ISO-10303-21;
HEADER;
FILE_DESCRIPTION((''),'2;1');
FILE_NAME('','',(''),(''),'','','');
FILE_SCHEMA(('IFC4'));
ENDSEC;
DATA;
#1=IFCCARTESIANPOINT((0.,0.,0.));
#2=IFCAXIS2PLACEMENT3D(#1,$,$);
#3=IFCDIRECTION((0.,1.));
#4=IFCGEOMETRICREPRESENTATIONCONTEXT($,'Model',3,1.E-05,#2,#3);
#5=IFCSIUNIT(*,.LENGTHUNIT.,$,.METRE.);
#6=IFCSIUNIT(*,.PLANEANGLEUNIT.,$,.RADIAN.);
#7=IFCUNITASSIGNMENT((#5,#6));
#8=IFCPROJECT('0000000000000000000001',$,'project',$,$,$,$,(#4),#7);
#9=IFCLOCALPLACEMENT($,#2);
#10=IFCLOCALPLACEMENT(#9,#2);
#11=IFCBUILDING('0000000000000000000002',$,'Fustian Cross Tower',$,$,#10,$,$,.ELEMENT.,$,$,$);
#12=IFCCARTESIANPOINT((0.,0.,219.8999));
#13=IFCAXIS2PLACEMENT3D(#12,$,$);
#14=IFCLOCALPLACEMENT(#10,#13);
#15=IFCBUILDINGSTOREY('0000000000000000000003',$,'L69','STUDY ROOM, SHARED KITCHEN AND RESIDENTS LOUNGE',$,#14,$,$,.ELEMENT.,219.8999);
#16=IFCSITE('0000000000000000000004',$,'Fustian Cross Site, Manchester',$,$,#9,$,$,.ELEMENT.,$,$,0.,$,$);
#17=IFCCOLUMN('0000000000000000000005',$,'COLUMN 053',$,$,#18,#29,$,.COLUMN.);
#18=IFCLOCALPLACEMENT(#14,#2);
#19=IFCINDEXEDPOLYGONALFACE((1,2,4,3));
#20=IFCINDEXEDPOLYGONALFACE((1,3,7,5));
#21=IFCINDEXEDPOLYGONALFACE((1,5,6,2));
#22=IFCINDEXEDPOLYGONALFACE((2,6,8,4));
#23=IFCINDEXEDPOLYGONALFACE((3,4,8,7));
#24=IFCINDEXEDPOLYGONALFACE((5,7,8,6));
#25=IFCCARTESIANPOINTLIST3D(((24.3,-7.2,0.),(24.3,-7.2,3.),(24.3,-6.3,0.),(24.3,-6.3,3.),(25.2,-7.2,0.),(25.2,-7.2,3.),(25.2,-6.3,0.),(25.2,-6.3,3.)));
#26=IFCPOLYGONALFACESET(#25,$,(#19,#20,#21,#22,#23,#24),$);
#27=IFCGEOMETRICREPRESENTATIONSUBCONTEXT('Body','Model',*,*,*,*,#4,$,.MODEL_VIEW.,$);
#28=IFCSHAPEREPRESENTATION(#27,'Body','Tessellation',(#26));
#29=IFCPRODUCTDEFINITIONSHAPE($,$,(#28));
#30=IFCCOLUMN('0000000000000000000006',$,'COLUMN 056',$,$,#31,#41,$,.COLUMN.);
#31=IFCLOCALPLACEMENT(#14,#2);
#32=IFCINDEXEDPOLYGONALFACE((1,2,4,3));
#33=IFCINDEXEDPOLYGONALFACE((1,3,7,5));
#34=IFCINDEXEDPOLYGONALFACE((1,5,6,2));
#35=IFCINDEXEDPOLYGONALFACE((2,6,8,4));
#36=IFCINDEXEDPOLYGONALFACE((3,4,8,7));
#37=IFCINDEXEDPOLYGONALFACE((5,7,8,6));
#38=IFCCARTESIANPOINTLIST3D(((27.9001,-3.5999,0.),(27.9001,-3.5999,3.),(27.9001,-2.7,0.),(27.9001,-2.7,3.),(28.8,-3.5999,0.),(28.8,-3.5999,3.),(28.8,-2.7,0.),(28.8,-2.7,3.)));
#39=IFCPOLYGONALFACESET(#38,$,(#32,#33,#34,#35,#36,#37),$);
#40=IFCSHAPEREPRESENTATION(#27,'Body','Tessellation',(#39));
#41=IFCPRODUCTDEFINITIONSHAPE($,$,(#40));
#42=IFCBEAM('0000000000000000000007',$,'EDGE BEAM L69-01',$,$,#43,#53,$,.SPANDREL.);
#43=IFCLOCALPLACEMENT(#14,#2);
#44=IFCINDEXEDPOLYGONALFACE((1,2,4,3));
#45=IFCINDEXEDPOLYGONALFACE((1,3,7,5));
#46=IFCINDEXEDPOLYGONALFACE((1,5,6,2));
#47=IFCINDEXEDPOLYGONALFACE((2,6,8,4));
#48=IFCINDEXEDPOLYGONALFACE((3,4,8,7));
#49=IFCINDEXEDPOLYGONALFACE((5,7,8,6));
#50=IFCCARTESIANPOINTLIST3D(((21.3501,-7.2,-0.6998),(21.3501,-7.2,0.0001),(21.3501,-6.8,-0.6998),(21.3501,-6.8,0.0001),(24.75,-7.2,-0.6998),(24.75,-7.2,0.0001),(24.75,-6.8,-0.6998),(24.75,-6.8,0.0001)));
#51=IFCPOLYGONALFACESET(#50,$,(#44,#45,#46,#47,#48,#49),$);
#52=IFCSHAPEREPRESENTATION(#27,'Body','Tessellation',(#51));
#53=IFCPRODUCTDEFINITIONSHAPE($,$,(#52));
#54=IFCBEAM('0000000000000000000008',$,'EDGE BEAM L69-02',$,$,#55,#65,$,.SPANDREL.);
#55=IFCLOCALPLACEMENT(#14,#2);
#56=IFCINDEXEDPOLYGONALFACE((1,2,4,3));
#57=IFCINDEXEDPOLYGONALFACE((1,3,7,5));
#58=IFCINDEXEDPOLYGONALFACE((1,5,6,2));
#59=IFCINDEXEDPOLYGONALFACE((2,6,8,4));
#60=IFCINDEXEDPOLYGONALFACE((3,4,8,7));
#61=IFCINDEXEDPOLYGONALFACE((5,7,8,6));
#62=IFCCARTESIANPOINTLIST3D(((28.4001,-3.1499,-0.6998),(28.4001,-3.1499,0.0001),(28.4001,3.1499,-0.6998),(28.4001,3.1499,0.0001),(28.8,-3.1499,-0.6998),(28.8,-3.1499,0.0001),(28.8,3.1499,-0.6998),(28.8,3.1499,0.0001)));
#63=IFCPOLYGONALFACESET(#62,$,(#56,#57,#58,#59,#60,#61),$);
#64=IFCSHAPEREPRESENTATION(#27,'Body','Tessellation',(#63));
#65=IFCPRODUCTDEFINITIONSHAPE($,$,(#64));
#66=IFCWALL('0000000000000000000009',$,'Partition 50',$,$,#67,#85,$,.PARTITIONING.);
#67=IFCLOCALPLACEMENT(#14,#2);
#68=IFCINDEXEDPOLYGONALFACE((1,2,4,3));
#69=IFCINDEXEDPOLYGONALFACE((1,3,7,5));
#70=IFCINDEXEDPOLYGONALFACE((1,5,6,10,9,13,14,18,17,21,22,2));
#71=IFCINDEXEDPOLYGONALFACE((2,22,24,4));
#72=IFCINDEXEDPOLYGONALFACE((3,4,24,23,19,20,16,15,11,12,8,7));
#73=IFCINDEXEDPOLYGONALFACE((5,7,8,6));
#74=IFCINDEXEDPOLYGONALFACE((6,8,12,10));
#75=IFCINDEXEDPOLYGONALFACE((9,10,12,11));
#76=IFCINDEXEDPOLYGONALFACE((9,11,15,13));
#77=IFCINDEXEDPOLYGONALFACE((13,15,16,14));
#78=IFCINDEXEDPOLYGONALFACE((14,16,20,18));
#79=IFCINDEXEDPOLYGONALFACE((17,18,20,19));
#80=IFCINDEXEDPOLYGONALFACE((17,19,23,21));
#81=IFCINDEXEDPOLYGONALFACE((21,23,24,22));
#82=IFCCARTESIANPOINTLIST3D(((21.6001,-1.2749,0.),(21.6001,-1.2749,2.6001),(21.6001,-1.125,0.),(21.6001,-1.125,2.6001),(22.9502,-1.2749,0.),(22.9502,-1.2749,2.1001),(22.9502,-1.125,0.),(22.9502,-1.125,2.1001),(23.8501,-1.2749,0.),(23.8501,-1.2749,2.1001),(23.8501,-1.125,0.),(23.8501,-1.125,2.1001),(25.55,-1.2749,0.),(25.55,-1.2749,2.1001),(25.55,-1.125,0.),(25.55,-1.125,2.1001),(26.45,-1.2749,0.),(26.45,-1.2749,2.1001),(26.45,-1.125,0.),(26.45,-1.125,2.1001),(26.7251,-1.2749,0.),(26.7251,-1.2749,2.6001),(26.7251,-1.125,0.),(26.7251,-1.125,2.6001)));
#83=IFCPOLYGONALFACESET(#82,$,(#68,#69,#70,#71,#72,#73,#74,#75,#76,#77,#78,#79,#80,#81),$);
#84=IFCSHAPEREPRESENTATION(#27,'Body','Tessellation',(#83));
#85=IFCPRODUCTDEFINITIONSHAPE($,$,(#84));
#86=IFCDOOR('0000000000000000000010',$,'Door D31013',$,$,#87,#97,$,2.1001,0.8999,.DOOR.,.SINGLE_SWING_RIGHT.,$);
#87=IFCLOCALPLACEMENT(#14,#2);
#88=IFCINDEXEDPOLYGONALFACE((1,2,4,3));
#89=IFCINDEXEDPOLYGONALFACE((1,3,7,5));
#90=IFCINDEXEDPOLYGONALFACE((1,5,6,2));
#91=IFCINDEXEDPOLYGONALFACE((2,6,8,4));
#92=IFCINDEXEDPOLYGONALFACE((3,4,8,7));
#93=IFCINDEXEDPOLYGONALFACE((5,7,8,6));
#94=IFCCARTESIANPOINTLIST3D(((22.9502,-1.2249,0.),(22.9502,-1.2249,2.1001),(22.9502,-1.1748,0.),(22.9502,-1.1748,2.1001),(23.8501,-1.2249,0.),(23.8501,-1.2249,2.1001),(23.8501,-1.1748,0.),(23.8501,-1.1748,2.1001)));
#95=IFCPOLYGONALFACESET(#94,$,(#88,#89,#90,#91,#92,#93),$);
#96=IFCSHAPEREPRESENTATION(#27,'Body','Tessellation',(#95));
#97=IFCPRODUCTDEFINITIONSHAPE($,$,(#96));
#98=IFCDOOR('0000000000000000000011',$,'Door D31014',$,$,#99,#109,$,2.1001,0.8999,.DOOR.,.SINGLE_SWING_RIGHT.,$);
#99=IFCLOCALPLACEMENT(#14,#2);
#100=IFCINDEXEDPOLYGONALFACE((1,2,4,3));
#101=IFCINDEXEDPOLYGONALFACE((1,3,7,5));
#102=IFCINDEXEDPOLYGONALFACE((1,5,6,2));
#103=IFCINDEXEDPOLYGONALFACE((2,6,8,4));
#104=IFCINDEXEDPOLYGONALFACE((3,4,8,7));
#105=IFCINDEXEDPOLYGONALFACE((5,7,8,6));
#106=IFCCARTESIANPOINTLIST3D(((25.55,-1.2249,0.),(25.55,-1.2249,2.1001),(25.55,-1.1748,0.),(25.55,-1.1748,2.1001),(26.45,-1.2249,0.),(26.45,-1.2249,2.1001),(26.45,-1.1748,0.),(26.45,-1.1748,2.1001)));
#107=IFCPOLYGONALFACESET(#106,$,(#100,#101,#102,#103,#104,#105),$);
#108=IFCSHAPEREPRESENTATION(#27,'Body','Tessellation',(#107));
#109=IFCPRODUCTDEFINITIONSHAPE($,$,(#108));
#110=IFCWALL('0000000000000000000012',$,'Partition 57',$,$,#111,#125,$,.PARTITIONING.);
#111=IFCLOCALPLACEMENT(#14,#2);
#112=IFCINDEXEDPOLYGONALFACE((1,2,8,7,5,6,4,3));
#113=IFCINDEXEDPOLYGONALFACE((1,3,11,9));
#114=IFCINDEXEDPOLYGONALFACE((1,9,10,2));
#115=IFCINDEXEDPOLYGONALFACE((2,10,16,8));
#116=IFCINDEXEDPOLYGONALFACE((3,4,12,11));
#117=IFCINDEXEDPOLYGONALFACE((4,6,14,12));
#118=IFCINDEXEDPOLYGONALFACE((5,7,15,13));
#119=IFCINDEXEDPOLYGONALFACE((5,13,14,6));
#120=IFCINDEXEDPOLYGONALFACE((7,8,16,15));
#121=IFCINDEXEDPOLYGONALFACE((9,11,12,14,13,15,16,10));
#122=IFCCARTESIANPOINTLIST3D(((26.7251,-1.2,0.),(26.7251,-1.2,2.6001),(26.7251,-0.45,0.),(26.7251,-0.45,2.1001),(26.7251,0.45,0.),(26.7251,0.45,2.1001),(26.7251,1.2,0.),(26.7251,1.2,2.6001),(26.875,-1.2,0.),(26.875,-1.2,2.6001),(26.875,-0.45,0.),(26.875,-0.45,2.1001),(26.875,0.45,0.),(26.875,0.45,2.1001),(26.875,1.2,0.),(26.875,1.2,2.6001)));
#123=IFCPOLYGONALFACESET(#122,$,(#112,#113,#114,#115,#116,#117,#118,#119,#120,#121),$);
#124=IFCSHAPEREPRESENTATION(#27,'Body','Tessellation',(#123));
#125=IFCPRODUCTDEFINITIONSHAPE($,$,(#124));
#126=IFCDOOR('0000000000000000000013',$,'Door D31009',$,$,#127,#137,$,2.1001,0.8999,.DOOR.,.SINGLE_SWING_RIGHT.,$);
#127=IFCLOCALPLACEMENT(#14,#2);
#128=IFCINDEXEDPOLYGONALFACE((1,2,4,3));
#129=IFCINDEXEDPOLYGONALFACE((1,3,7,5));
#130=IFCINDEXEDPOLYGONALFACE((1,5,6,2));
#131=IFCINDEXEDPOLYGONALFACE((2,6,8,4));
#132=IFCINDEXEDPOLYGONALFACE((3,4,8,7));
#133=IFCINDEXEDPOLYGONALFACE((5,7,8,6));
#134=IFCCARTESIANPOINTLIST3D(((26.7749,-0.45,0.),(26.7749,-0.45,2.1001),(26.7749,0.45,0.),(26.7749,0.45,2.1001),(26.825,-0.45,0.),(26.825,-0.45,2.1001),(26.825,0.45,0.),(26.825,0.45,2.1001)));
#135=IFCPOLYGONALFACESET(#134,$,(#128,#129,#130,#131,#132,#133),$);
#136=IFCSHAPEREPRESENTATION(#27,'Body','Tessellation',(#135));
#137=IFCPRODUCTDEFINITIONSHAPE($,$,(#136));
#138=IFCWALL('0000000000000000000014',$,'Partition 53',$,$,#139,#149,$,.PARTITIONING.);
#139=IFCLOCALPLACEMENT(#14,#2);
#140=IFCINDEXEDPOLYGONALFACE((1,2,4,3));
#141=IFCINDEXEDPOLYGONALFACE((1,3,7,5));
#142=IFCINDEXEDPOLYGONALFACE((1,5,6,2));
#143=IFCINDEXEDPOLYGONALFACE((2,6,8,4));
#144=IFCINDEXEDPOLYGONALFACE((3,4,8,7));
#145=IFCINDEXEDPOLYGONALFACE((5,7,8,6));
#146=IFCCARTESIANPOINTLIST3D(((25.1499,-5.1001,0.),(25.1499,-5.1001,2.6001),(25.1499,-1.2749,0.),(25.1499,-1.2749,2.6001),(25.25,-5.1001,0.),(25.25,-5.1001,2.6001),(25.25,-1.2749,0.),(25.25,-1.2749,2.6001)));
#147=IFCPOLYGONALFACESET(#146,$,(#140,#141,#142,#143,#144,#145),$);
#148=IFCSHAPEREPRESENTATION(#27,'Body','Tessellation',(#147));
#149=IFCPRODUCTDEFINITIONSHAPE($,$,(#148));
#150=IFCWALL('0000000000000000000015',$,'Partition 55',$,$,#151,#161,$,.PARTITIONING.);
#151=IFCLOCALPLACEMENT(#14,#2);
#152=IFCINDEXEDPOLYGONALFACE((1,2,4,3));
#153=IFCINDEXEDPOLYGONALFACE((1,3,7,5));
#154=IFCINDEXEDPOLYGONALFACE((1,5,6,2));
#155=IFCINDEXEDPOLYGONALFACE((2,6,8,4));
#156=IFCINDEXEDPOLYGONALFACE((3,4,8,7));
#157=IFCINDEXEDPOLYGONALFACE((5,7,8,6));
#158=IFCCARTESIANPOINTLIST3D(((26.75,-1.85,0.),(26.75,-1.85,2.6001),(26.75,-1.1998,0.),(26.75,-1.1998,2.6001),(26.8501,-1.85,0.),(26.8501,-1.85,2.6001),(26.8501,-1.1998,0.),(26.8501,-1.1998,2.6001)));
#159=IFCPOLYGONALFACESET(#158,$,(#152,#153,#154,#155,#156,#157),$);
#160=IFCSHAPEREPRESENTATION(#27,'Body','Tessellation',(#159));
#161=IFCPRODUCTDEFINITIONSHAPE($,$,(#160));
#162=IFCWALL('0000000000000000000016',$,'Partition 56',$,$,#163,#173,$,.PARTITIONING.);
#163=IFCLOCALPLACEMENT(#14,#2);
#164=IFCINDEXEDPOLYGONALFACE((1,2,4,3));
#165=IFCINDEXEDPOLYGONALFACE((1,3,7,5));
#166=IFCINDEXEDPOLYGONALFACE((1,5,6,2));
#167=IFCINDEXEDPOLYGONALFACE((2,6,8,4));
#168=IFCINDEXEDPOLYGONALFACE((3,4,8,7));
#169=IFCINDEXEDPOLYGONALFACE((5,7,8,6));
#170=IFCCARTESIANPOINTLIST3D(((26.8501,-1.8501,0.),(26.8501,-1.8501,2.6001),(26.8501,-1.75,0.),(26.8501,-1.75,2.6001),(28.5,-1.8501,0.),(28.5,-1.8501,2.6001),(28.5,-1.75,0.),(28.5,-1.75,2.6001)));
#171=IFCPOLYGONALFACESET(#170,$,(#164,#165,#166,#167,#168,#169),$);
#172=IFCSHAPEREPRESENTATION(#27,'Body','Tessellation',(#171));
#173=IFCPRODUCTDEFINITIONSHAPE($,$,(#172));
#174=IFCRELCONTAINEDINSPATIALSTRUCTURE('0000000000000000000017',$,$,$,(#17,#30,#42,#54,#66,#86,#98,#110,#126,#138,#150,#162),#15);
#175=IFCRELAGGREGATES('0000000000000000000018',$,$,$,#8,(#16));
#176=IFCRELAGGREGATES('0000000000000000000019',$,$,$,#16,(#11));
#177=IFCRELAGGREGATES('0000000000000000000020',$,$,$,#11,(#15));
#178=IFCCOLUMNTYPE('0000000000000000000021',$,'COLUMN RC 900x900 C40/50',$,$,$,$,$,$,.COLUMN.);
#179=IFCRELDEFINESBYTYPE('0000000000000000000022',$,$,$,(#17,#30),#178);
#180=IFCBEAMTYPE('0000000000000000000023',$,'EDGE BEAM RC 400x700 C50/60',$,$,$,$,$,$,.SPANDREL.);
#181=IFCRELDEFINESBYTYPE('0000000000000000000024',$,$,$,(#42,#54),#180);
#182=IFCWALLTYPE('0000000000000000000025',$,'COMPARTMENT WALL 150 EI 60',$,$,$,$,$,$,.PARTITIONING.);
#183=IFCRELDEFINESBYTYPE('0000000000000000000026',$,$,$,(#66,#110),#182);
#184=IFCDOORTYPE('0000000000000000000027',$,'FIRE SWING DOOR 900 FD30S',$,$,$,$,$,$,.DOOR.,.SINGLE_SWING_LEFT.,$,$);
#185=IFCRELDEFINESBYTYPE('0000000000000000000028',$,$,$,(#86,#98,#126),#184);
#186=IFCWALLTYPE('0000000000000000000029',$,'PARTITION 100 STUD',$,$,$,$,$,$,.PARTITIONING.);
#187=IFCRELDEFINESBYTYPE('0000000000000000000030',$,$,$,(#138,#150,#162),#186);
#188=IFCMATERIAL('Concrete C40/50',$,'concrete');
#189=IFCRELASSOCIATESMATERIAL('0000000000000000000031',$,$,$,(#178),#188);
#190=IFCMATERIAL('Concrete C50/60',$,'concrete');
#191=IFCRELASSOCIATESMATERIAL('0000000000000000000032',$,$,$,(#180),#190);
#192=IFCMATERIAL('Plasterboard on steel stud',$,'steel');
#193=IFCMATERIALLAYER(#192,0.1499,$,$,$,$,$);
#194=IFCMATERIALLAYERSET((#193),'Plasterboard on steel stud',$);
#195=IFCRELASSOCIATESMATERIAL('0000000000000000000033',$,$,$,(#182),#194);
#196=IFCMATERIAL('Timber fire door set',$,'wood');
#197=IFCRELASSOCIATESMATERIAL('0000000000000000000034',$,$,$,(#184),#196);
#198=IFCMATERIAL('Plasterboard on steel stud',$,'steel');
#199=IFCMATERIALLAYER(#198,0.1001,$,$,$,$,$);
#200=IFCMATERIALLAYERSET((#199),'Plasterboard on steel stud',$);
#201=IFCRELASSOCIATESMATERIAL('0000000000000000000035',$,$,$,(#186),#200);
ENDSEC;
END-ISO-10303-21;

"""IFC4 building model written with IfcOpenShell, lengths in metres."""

from ifc_helpers import new_model, si_unit, direction, frame, frame_2d, origin, origin_2d, place, context, subcontext, project, spatial, rectangle, extrude, material, layer, layer_set, material_profile, profile_set, type_object, element, fill, save


model = new_model("IFC4")

# Units and contexts
model_context = context("Model", 3, precision=1e-05, world=origin(), true_north=direction((0.0, 1.0)))
body_context = subcontext(model_context, "Body", "Model", "MODEL_VIEW")
ifc_project = project(units=[si_unit("LENGTHUNIT", "METRE"), si_unit("PLANEANGLEUNIT", "RADIAN")], contexts=[model_context])

# Site, building, storey
site_placement = place(None, origin())
site = spatial("IfcSite", under=ifc_project, at=site_placement, Name="Fustian Cross Site, Manchester", CompositionType="ELEMENT", RefElevation=0.0)
building_placement = place(site_placement, origin())
building = spatial("IfcBuilding", under=site, at=building_placement, Name="Fustian Cross Tower", CompositionType="ELEMENT")
storey_placement = place(building_placement, frame((0.0, 0.0, 219.8999)))
storey = spatial("IfcBuildingStorey", under=building, at=storey_placement, Name="L69", Description="STUDY ROOM, SHARED KITCHEN AND RESIDENTS LOUNGE", CompositionType="ELEMENT", Elevation=219.8999)

# Columns
ifc_material_1 = material(Name="Concrete C40/50", Category="concrete")
ifc_material_profile_1 = material_profile(ifc_material_1, rectangle(XDim=0.8999, YDim=0.8999, at=origin_2d()), Name="RC 900x900")
ifc_profile_set_1 = profile_set([ifc_material_profile_1], Name="Concrete C40/50")
column_type = type_object("IfcColumnType", Name="COLUMN RC 900x900 C40/50", PredefinedType="COLUMN", material=ifc_profile_set_1)
for number, where, z_axis, x_axis, name in (
    (1, (24.75, -6.75, 0.0), (0.0, 0.0, 1.0), (1.0, 0.0, 0.0), "COLUMN 053"),
    (2, (28.3501, -3.1499, 0.0), (0.0, 0.0, 1.0), (1.0, 0.0, 0.0), "COLUMN 056"),
):
    element("IfcColumn", number, at=place(storey_placement, frame(where, z_axis=z_axis, x_axis=x_axis)), inside=storey, type_object=column_type, Name=name, PredefinedType="COLUMN", context=body_context, shape_type="SweptSolid", body=[
        extrude(rectangle(XDim=0.8999, YDim=0.8999, at=origin_2d()), origin(), (0.0, 0.0, 1.0), 3.0),
    ])

# Beams
ifc_material_2 = material(Name="Concrete C50/60", Category="concrete")
ifc_material_profile_2 = material_profile(ifc_material_2, rectangle(XDim=0.3999, YDim=0.7, at=origin_2d()), Name="RC 400x700")
ifc_profile_set_2 = profile_set([ifc_material_profile_2], Name="Concrete C50/60")
beam_type = type_object("IfcBeamType", Name="EDGE BEAM RC 400x700 C50/60", PredefinedType="SPANDREL", material=ifc_profile_set_2)
beam_1_placement = place(storey_placement, frame((21.3501, -7.0, -0.3499), z_axis=(1.0, 0.0, 0.0), x_axis=(0.0, 1.0, 0.0)))
element("IfcBeam", 3, at=beam_1_placement, inside=storey, type_object=beam_type, Name="EDGE BEAM L69-01", PredefinedType="SPANDREL", context=body_context, shape_type="SweptSolid", body=[
    extrude(rectangle(XDim=0.3999, YDim=0.7, at=origin_2d()), origin(), (0.0, 0.0, 1.0), 3.3999),
])
beam_2_placement = place(storey_placement, frame((28.6001, -3.1499, -0.3499), z_axis=(0.0, 1.0, 0.0), x_axis=(-1.0, 0.0, 0.0)))
element("IfcBeam", 4, at=beam_2_placement, inside=storey, type_object=beam_type, Name="EDGE BEAM L69-02", PredefinedType="SPANDREL", context=body_context, shape_type="SweptSolid", body=[
    extrude(rectangle(XDim=0.3999, YDim=0.7, at=origin_2d()), origin(), (0.0, 0.0, 1.0), 6.2998),
])

# Wall, openings, doors
ifc_material_3 = material(Name="Plasterboard on steel stud", Category="steel")
ifc_layer_1 = layer(ifc_material_3, 0.1499)
ifc_layer_set_1 = layer_set([ifc_layer_1], Name="Plasterboard on steel stud")
wall_type_1 = type_object("IfcWallType", Name="COMPARTMENT WALL 150 EI 60", PredefinedType="PARTITIONING", material=ifc_layer_set_1)
wall_1_placement = place(storey_placement, frame((21.6001, -1.2, 0.0), z_axis=(0.0, 0.0, 1.0), x_axis=(1.0, 0.0, 0.0)))
wall_1 = element("IfcWall", 5, at=wall_1_placement, inside=storey, type_object=wall_type_1, Name="Partition 50", PredefinedType="PARTITIONING", context=body_context, shape_type="SweptSolid", body=[
    extrude(rectangle(XDim=5.125, YDim=0.1499, at=frame_2d((2.5625, 0.0))), origin(), (0.0, 0.0, 1.0), 2.6001),
])
opening_1_placement = place(wall_1_placement, frame((1.3501, 0.0, 0.0)))
opening_1 = element("IfcOpeningElement", 6, at=opening_1_placement, cuts=wall_1, PredefinedType="OPENING", context=body_context, shape_type="SweptSolid", body=[
    extrude(rectangle(XDim=0.8999, YDim=2.1001, at=frame_2d((0.45, 1.05))), frame((0.0, 0.085, 0.0), z_axis=(0.0, -1.0, 0.0), x_axis=(1.0, 0.0, 0.0)), (0.0, 0.0, 1.0), 0.1699),
])
opening_2_placement = place(wall_1_placement, frame((3.95, 0.0, 0.0)))
opening_2 = element("IfcOpeningElement", 7, at=opening_2_placement, cuts=wall_1, PredefinedType="OPENING", context=body_context, shape_type="SweptSolid", body=[
    extrude(rectangle(XDim=0.8999, YDim=2.1001, at=frame_2d((0.45, 1.05))), frame((0.0, 0.085, 0.0), z_axis=(0.0, -1.0, 0.0), x_axis=(1.0, 0.0, 0.0)), (0.0, 0.0, 1.0), 0.1699),
])
ifc_material_4 = material(Name="Timber fire door set", Category="wood")
door_type = type_object("IfcDoorType", Name="FIRE SWING DOOR 900 FD30S", OperationType="SINGLE_SWING_LEFT", PredefinedType="DOOR", material=ifc_material_4)
door_1_placement = place(opening_1_placement, frame((0.8999, 0.0, 0.0), z_axis=(0.0, 0.0, 1.0), x_axis=(-1.0, 0.0, 0.0)))
door_1 = element("IfcDoor", 8, at=door_1_placement, inside=storey, type_object=door_type, Name="Door D31013", OperationType="SINGLE_SWING_RIGHT", OverallHeight=2.1001, OverallWidth=0.8999, PredefinedType="DOOR", context=body_context, shape_type="SweptSolid", body=[
    extrude(rectangle(XDim=0.8999, YDim=2.1001, at=frame_2d((0.45, 1.05))), frame((0.0, 0.0249, 0.0), z_axis=(0.0, -1.0, 0.0), x_axis=(1.0, 0.0, 0.0)), (0.0, 0.0, 1.0), 0.05),
])
fill(opening_1, door_1)
door_2_placement = place(opening_2_placement, frame((0.8999, 0.0, 0.0), z_axis=(0.0, 0.0, 1.0), x_axis=(-1.0, 0.0, 0.0)))
door_2 = element("IfcDoor", 9, at=door_2_placement, inside=storey, type_object=door_type, Name="Door D31014", OperationType="SINGLE_SWING_RIGHT", OverallHeight=2.1001, OverallWidth=0.8999, PredefinedType="DOOR", context=body_context, shape_type="SweptSolid", body=[
    extrude(rectangle(XDim=0.8999, YDim=2.1001, at=frame_2d((0.45, 1.05))), frame((0.0, 0.0249, 0.0), z_axis=(0.0, -1.0, 0.0), x_axis=(1.0, 0.0, 0.0)), (0.0, 0.0, 1.0), 0.05),
])
fill(opening_2, door_2)

# Wall, opening, door
wall_2_placement = place(storey_placement, frame((26.8, -1.2, 0.0), z_axis=(0.0, 0.0, 1.0), x_axis=(0.0, 1.0, 0.0)))
wall_2 = element("IfcWall", 10, at=wall_2_placement, inside=storey, type_object=wall_type_1, Name="Partition 57", PredefinedType="PARTITIONING", context=body_context, shape_type="SweptSolid", body=[
    extrude(rectangle(XDim=2.3999, YDim=0.1499, at=frame_2d((1.2, 0.0))), origin(), (0.0, 0.0, 1.0), 2.6001),
])
opening_3_placement = place(wall_2_placement, frame((0.75, 0.0, 0.0)))
opening_3 = element("IfcOpeningElement", 11, at=opening_3_placement, cuts=wall_2, PredefinedType="OPENING", context=body_context, shape_type="SweptSolid", body=[
    extrude(rectangle(XDim=0.8999, YDim=2.1001, at=frame_2d((0.45, 1.05))), frame((0.0, 0.085, 0.0), z_axis=(0.0, -1.0, 0.0), x_axis=(1.0, 0.0, 0.0)), (0.0, 0.0, 1.0), 0.1699),
])
door_3_placement = place(opening_3_placement, frame((0.8999, 0.0, 0.0), z_axis=(0.0, 0.0, 1.0), x_axis=(-1.0, 0.0, 0.0)))
door_3 = element("IfcDoor", 12, at=door_3_placement, inside=storey, type_object=door_type, Name="Door D31009", OperationType="SINGLE_SWING_RIGHT", OverallHeight=2.1001, OverallWidth=0.8999, PredefinedType="DOOR", context=body_context, shape_type="SweptSolid", body=[
    extrude(rectangle(XDim=0.8999, YDim=2.1001, at=frame_2d((0.45, 1.05))), frame((0.0, 0.0249, 0.0), z_axis=(0.0, -1.0, 0.0), x_axis=(1.0, 0.0, 0.0)), (0.0, 0.0, 1.0), 0.05),
])
fill(opening_3, door_3)

# Walls
ifc_material_5 = material(Name="Plasterboard on steel stud", Category="steel")
ifc_layer_2 = layer(ifc_material_5, 0.1001)
ifc_layer_set_2 = layer_set([ifc_layer_2], Name="Plasterboard on steel stud")
wall_type_2 = type_object("IfcWallType", Name="PARTITION 100 STUD", PredefinedType="PARTITIONING", material=ifc_layer_set_2)
wall_3_placement = place(storey_placement, frame((25.2, -5.1001, 0.0), z_axis=(0.0, 0.0, 1.0), x_axis=(0.0, 1.0, 0.0)))
element("IfcWall", 13, at=wall_3_placement, inside=storey, type_object=wall_type_2, Name="Partition 53", PredefinedType="PARTITIONING", context=body_context, shape_type="SweptSolid", body=[
    extrude(rectangle(XDim=3.8252, YDim=0.1001, at=frame_2d((1.9126, 0.0))), origin(), (0.0, 0.0, 1.0), 2.6001),
])
wall_4_placement = place(storey_placement, frame((26.8, -1.8501, 0.0), z_axis=(0.0, 0.0, 1.0), x_axis=(0.0, 1.0, 0.0)))
element("IfcWall", 14, at=wall_4_placement, inside=storey, type_object=wall_type_2, Name="Partition 55", PredefinedType="PARTITIONING", context=body_context, shape_type="SweptSolid", body=[
    extrude(rectangle(XDim=0.6501, YDim=0.1001, at=frame_2d((0.3252, 0.0))), origin(), (0.0, 0.0, 1.0), 2.6001),
])
wall_5_placement = place(storey_placement, frame((26.8501, -1.8, 0.0), z_axis=(0.0, 0.0, 1.0), x_axis=(1.0, 0.0, 0.0)))
element("IfcWall", 15, at=wall_5_placement, inside=storey, type_object=wall_type_2, Name="Partition 56", PredefinedType="PARTITIONING", context=body_context, shape_type="SweptSolid", body=[
    extrude(rectangle(XDim=1.6499, YDim=0.1001, at=frame_2d((0.825, 0.0))), origin(), (0.0, 0.0, 1.0), 2.6001),
])

save(model, "model.ifc")
